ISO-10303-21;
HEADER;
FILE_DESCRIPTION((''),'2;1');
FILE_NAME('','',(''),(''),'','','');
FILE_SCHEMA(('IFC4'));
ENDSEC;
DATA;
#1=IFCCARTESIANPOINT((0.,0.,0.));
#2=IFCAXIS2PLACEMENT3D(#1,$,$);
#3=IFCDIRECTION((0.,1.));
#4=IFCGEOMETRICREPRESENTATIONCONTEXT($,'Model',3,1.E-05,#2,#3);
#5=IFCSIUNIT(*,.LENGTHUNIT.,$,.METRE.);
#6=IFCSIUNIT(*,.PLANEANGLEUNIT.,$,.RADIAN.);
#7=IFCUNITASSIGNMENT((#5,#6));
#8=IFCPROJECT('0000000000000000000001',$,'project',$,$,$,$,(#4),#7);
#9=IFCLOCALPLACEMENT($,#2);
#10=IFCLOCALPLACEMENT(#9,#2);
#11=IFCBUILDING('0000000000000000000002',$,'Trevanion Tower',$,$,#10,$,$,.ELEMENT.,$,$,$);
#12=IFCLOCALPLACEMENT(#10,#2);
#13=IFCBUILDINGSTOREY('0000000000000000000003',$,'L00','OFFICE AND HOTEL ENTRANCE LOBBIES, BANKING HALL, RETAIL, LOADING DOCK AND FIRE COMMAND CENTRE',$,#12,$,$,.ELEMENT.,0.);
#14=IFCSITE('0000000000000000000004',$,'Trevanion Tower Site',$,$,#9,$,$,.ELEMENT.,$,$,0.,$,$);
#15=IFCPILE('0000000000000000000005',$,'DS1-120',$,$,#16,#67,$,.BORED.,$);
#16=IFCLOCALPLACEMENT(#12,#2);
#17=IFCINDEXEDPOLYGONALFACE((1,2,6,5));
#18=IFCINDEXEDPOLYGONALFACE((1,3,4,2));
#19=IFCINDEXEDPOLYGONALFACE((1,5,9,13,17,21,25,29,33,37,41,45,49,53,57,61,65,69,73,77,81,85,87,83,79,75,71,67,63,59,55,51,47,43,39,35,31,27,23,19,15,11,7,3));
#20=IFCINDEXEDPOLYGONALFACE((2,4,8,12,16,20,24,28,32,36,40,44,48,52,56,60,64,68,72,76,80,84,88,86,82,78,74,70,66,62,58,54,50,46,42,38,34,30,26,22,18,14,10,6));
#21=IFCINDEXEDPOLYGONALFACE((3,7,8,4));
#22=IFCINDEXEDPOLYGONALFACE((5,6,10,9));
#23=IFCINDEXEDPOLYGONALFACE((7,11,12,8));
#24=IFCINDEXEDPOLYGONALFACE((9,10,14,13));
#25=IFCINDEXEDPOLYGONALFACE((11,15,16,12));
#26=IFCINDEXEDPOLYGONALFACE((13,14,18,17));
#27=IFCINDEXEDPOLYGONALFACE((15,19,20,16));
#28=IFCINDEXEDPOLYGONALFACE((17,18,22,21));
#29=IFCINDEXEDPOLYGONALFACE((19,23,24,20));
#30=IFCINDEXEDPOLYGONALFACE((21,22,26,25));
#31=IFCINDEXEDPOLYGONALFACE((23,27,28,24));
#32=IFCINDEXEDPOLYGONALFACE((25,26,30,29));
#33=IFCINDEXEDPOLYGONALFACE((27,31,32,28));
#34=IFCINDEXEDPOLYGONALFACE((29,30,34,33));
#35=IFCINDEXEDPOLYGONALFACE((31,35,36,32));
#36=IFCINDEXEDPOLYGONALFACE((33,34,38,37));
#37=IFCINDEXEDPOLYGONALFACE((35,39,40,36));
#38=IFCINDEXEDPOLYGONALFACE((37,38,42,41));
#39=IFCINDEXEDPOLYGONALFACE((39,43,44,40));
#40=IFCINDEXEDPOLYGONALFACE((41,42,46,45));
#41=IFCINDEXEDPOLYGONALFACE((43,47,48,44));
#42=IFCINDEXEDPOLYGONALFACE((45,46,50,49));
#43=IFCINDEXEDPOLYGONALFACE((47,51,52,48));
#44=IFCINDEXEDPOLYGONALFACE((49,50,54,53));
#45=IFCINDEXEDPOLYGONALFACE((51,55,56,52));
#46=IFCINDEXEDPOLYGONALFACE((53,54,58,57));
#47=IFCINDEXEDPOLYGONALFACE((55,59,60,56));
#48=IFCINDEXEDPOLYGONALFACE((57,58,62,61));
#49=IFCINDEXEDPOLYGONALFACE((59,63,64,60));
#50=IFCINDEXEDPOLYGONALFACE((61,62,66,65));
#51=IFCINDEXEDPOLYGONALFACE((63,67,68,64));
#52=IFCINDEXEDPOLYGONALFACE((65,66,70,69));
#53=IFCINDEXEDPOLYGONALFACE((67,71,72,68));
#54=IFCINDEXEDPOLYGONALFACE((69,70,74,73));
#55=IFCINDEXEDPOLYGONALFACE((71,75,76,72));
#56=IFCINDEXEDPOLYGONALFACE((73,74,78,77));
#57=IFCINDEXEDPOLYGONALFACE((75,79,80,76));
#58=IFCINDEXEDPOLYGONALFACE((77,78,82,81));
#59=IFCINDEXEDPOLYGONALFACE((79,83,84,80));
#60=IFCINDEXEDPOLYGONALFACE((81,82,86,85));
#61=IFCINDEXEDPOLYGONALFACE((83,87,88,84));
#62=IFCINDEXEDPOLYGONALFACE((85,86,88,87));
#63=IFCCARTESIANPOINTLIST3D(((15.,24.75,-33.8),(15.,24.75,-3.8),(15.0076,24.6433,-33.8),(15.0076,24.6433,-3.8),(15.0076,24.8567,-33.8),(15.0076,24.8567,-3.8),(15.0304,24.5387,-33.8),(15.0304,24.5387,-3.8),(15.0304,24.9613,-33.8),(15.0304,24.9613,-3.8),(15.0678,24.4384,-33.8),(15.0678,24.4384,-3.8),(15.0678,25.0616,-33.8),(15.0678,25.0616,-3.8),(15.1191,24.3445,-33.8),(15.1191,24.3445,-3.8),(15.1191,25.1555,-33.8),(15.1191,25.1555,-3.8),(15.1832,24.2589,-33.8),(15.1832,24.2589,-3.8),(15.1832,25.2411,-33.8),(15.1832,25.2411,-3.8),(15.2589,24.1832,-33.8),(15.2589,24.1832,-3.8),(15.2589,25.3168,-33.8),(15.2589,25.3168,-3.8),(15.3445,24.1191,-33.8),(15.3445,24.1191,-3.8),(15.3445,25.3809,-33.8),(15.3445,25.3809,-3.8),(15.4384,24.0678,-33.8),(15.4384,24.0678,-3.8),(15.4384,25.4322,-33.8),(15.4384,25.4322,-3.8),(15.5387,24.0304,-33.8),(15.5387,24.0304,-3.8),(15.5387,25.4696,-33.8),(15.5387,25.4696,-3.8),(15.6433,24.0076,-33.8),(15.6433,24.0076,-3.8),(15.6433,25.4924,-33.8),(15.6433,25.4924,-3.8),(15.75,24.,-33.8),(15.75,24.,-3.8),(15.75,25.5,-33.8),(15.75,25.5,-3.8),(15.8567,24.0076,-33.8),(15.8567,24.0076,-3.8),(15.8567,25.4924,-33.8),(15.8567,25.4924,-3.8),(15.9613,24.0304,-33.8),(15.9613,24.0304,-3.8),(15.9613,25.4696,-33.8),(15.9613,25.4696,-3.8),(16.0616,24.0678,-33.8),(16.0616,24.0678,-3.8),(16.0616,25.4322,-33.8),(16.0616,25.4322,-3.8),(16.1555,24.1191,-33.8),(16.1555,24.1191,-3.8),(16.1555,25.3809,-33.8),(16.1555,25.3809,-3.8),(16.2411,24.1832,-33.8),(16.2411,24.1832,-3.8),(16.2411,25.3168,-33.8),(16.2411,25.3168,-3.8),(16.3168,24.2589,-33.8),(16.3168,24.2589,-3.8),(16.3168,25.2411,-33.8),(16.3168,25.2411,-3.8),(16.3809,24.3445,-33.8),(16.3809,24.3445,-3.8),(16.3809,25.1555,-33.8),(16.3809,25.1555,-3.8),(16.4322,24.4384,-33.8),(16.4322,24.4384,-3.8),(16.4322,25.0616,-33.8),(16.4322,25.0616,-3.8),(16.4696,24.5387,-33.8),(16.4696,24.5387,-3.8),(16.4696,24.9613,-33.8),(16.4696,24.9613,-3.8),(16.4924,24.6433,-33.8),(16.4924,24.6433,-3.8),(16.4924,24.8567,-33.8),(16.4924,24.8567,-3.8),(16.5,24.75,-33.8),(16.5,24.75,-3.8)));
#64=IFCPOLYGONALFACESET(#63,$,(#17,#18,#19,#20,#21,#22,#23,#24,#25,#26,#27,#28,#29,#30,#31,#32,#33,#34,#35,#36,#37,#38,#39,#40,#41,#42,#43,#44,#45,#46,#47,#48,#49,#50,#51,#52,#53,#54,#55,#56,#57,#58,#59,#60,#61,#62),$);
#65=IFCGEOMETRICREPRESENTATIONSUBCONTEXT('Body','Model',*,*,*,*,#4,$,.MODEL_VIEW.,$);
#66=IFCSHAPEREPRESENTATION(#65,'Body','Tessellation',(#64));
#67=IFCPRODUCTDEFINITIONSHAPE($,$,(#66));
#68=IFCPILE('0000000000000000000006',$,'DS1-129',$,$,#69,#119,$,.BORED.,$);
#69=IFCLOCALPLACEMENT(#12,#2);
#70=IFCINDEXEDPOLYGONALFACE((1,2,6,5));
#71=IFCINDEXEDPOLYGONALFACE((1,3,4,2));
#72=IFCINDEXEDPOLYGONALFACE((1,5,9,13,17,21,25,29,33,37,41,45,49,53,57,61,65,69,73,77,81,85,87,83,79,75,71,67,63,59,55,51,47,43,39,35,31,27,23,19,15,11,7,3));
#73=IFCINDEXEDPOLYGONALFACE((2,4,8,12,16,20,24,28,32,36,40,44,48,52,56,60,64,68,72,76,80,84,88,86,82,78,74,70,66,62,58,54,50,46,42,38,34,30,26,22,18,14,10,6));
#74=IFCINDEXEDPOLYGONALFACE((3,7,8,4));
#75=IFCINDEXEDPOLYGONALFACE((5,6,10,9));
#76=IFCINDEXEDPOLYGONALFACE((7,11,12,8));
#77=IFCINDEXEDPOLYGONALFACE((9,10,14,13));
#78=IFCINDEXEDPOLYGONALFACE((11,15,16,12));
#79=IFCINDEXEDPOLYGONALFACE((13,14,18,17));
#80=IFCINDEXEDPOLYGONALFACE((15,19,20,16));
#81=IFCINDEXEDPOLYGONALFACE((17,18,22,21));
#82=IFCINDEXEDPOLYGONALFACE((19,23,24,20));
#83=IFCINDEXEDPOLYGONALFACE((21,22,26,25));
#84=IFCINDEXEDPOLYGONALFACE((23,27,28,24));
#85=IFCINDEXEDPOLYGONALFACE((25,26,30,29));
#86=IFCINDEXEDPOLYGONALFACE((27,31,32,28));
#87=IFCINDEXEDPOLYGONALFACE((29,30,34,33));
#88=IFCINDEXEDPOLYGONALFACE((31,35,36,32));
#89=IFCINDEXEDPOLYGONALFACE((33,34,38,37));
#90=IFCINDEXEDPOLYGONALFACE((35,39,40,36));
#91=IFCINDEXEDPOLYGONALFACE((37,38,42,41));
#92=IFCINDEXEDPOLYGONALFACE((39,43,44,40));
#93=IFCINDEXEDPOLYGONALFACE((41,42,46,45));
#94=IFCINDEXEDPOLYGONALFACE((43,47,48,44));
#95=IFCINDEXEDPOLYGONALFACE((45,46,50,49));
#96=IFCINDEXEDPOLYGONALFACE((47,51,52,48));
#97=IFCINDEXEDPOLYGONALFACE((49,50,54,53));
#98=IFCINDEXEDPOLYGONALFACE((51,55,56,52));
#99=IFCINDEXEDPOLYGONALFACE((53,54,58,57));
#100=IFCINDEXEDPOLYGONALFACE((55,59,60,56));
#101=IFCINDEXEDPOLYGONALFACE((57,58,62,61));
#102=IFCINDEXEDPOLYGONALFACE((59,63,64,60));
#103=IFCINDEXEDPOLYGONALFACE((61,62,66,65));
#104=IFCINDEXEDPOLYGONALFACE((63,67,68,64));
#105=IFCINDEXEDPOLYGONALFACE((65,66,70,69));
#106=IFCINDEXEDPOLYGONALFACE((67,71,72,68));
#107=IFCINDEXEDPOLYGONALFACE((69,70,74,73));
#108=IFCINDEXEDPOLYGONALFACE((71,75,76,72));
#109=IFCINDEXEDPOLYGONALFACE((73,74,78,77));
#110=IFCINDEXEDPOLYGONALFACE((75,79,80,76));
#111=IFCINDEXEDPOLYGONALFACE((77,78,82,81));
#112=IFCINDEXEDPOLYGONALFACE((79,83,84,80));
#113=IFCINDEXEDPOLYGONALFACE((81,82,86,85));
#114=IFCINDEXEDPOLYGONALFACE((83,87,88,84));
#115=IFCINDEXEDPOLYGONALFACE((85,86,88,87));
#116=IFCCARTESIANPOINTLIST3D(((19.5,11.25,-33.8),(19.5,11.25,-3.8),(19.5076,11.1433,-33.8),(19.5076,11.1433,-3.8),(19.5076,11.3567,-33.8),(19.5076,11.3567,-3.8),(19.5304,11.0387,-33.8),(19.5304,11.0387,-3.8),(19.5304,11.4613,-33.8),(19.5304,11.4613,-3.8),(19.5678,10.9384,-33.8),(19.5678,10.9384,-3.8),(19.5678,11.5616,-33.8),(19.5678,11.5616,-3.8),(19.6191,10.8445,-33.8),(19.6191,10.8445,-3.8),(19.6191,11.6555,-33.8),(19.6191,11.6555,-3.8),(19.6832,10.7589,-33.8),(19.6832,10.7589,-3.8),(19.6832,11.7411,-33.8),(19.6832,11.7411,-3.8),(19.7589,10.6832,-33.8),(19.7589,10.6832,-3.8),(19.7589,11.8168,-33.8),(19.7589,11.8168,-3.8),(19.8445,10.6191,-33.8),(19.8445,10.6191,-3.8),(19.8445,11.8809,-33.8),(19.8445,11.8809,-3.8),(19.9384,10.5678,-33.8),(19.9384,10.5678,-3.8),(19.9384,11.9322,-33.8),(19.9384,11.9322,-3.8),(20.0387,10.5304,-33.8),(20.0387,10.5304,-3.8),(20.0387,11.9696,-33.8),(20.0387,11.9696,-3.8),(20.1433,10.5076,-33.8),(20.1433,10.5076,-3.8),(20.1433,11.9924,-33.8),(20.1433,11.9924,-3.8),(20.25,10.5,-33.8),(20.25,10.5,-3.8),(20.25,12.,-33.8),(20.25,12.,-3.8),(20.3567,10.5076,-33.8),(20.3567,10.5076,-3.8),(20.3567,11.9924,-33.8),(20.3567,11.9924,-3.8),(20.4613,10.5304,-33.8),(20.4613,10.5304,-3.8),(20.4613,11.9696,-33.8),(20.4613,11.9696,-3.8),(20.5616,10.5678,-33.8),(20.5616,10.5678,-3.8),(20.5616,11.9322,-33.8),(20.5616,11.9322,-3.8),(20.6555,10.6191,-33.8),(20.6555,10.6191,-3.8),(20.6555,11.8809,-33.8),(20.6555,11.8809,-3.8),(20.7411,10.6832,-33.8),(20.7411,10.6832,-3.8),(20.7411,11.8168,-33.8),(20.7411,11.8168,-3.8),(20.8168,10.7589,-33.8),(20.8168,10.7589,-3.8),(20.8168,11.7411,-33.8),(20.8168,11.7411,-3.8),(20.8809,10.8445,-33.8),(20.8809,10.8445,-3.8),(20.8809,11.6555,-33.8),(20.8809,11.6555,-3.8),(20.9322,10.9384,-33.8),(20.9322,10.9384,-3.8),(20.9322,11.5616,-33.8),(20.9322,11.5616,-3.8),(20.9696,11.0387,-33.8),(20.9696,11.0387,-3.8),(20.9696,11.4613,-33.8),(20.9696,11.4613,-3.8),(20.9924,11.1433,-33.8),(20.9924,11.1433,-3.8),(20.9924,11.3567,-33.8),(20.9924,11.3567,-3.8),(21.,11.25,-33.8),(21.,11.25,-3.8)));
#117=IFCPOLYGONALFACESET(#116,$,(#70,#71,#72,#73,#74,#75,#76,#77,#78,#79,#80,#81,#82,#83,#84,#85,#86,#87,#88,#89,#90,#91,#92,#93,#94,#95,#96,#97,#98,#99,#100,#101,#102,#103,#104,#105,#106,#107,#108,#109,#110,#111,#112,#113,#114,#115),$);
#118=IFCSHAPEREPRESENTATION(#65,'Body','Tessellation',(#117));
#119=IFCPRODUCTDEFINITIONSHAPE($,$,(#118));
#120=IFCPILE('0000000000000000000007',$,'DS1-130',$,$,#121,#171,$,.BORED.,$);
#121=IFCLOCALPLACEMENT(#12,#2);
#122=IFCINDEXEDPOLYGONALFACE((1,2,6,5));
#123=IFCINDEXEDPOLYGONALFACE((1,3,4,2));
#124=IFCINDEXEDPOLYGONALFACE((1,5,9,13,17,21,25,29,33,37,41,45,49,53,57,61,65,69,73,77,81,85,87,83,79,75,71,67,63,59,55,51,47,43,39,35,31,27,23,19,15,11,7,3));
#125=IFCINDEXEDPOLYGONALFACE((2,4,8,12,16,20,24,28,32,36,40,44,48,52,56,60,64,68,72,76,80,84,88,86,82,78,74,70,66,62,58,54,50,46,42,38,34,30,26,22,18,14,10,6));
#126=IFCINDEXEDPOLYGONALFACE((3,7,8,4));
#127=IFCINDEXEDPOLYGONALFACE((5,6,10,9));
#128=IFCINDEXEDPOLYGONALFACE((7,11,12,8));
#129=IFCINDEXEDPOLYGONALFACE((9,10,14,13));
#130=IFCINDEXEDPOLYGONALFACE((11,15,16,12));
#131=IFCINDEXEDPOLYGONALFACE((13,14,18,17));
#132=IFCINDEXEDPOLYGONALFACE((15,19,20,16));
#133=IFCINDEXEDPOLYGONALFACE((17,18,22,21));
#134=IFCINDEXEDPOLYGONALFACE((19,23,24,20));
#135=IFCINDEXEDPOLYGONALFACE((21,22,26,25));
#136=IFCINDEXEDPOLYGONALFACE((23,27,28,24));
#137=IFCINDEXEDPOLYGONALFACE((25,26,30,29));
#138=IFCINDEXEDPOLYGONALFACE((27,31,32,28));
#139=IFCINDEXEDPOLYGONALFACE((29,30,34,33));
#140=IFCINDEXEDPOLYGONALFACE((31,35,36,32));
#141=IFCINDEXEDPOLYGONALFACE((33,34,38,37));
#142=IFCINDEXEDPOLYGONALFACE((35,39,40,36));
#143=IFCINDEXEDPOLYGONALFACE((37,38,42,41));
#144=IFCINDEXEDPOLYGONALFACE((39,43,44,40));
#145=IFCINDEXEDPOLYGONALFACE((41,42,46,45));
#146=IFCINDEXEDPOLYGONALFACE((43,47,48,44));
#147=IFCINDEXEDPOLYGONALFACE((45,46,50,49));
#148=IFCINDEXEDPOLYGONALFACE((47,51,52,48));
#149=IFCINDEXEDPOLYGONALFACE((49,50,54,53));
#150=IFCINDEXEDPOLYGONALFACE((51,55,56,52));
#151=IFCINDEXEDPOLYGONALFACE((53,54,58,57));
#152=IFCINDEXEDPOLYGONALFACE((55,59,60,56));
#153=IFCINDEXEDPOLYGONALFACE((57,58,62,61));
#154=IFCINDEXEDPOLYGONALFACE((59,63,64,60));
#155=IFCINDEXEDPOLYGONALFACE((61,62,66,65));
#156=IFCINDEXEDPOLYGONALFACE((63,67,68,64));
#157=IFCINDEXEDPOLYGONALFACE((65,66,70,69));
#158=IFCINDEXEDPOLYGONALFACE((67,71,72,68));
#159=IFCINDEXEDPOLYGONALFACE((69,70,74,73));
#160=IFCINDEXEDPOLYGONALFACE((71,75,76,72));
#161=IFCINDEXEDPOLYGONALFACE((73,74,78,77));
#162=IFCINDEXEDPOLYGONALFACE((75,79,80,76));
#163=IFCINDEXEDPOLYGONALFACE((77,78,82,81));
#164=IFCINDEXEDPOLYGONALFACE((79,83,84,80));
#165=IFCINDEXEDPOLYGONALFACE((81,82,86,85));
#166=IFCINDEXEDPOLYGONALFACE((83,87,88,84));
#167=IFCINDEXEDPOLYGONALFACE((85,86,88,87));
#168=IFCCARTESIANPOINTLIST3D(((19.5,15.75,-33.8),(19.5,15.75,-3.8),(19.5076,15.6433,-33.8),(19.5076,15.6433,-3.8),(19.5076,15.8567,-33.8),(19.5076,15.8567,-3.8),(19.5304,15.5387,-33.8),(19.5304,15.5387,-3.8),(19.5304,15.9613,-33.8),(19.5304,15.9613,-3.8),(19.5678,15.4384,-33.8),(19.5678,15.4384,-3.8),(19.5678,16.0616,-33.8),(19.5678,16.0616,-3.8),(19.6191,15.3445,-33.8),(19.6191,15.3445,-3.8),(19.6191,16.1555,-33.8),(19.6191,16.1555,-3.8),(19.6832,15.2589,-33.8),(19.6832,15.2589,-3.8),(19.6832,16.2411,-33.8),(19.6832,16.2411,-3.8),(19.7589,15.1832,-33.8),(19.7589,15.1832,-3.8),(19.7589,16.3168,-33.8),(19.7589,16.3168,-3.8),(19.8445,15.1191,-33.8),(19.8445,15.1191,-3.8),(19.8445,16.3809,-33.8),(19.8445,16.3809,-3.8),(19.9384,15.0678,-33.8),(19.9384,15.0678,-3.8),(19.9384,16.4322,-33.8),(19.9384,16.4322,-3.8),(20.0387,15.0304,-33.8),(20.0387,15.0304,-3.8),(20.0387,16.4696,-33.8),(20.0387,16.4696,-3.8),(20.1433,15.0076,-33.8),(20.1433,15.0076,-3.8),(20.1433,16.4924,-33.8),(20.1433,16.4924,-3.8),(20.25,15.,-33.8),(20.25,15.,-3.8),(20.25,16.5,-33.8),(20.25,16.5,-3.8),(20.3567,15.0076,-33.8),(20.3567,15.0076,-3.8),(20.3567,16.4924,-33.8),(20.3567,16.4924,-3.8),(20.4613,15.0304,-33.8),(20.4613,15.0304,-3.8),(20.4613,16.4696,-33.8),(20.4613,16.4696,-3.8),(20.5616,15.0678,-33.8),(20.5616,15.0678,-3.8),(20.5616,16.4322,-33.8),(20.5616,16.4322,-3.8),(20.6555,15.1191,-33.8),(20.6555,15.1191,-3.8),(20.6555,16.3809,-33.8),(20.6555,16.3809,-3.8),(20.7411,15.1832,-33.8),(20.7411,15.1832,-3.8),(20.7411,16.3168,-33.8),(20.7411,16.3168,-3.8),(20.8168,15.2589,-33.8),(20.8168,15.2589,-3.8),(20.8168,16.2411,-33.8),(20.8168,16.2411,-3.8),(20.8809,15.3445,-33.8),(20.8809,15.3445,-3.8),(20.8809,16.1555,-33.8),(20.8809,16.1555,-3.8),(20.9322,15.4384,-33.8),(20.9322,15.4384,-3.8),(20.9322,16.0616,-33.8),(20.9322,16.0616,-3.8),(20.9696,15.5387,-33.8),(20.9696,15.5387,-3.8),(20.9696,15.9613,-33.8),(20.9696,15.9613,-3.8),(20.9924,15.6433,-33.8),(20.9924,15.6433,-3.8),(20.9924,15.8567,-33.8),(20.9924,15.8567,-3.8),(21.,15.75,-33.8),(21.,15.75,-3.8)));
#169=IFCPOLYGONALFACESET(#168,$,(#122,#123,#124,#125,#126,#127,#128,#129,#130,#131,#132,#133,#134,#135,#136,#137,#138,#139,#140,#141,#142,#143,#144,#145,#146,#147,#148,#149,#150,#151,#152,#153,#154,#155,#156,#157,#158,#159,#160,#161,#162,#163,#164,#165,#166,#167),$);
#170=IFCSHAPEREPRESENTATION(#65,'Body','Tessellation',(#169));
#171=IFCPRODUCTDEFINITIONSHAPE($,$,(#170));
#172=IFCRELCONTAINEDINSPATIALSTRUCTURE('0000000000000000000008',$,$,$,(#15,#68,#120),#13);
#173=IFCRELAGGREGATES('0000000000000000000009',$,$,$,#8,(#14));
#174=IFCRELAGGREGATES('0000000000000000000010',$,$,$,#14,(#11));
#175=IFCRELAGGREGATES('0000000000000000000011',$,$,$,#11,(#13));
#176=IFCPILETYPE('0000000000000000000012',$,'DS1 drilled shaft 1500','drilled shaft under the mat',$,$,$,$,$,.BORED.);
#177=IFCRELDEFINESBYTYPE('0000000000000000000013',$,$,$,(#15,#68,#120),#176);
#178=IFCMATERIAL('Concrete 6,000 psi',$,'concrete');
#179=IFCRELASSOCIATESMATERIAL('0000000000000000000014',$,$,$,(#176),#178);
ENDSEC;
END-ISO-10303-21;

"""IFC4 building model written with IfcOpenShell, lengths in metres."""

from ifc_helpers import new_model, si_unit, direction, frame, origin, origin_2d, place, context, subcontext, project, spatial, circle, extrude, material, material_profile, profile_set, type_object, element, save


model = new_model("IFC4")

# Units and contexts
model_context = context("Model", 3, precision=1e-05, world=origin(), true_north=direction((0.0, 1.0)))
body_context = subcontext(model_context, "Body", "Model", "MODEL_VIEW")
ifc_project = project(units=[si_unit("LENGTHUNIT", "METRE"), si_unit("PLANEANGLEUNIT", "RADIAN")], contexts=[model_context])

# Site, building, storey
site_placement = place(None, origin())
site = spatial("IfcSite", under=ifc_project, at=site_placement, Name="Trevanion Tower Site", CompositionType="ELEMENT", RefElevation=0.0)
building_placement = place(site_placement, origin())
building = spatial("IfcBuilding", under=site, at=building_placement, Name="Trevanion Tower", CompositionType="ELEMENT")
storey_placement = place(building_placement, origin())
storey = spatial("IfcBuildingStorey", under=building, at=storey_placement, Name="L00", Description="OFFICE AND HOTEL ENTRANCE LOBBIES, BANKING HALL, RETAIL, LOADING DOCK AND FIRE COMMAND CENTRE", CompositionType="ELEMENT", Elevation=0.0)

# Piles
ifc_material_1 = material(Name="Concrete 6,000 psi", Category="concrete")
ifc_material_profile_1 = material_profile(ifc_material_1, circle(Radius=0.75, at=origin_2d()), Name="DS1 drilled shaft 1500")
ifc_profile_set_1 = profile_set([ifc_material_profile_1], Name="Concrete 6,000 psi")
pile_type = type_object("IfcPileType", Name="DS1 drilled shaft 1500", Description="drilled shaft under the mat", PredefinedType="BORED", material=ifc_profile_set_1)
for number, where, z_axis, x_axis, name in (
    (1, (15.75, 24.75, -3.8), (0.0, 0.0, -1.0), (1.0, 0.0, 0.0), "DS1-120"),
    (2, (20.25, 11.25, -3.8), (0.0, 0.0, -1.0), (1.0, 0.0, 0.0), "DS1-129"),
    (3, (20.25, 15.75, -3.8), (0.0, 0.0, -1.0), (1.0, 0.0, 0.0), "DS1-130"),
):
    element("IfcPile", number, at=place(storey_placement, frame(where, z_axis=z_axis, x_axis=x_axis)), inside=storey, type_object=pile_type, Name=name, PredefinedType="BORED", context=body_context, shape_type="SweptSolid", body=[
        extrude(circle(Radius=0.75, at=origin_2d()), origin(), (0.0, 0.0, 1.0), 30.0),
    ])

save(model, "model.ifc")
